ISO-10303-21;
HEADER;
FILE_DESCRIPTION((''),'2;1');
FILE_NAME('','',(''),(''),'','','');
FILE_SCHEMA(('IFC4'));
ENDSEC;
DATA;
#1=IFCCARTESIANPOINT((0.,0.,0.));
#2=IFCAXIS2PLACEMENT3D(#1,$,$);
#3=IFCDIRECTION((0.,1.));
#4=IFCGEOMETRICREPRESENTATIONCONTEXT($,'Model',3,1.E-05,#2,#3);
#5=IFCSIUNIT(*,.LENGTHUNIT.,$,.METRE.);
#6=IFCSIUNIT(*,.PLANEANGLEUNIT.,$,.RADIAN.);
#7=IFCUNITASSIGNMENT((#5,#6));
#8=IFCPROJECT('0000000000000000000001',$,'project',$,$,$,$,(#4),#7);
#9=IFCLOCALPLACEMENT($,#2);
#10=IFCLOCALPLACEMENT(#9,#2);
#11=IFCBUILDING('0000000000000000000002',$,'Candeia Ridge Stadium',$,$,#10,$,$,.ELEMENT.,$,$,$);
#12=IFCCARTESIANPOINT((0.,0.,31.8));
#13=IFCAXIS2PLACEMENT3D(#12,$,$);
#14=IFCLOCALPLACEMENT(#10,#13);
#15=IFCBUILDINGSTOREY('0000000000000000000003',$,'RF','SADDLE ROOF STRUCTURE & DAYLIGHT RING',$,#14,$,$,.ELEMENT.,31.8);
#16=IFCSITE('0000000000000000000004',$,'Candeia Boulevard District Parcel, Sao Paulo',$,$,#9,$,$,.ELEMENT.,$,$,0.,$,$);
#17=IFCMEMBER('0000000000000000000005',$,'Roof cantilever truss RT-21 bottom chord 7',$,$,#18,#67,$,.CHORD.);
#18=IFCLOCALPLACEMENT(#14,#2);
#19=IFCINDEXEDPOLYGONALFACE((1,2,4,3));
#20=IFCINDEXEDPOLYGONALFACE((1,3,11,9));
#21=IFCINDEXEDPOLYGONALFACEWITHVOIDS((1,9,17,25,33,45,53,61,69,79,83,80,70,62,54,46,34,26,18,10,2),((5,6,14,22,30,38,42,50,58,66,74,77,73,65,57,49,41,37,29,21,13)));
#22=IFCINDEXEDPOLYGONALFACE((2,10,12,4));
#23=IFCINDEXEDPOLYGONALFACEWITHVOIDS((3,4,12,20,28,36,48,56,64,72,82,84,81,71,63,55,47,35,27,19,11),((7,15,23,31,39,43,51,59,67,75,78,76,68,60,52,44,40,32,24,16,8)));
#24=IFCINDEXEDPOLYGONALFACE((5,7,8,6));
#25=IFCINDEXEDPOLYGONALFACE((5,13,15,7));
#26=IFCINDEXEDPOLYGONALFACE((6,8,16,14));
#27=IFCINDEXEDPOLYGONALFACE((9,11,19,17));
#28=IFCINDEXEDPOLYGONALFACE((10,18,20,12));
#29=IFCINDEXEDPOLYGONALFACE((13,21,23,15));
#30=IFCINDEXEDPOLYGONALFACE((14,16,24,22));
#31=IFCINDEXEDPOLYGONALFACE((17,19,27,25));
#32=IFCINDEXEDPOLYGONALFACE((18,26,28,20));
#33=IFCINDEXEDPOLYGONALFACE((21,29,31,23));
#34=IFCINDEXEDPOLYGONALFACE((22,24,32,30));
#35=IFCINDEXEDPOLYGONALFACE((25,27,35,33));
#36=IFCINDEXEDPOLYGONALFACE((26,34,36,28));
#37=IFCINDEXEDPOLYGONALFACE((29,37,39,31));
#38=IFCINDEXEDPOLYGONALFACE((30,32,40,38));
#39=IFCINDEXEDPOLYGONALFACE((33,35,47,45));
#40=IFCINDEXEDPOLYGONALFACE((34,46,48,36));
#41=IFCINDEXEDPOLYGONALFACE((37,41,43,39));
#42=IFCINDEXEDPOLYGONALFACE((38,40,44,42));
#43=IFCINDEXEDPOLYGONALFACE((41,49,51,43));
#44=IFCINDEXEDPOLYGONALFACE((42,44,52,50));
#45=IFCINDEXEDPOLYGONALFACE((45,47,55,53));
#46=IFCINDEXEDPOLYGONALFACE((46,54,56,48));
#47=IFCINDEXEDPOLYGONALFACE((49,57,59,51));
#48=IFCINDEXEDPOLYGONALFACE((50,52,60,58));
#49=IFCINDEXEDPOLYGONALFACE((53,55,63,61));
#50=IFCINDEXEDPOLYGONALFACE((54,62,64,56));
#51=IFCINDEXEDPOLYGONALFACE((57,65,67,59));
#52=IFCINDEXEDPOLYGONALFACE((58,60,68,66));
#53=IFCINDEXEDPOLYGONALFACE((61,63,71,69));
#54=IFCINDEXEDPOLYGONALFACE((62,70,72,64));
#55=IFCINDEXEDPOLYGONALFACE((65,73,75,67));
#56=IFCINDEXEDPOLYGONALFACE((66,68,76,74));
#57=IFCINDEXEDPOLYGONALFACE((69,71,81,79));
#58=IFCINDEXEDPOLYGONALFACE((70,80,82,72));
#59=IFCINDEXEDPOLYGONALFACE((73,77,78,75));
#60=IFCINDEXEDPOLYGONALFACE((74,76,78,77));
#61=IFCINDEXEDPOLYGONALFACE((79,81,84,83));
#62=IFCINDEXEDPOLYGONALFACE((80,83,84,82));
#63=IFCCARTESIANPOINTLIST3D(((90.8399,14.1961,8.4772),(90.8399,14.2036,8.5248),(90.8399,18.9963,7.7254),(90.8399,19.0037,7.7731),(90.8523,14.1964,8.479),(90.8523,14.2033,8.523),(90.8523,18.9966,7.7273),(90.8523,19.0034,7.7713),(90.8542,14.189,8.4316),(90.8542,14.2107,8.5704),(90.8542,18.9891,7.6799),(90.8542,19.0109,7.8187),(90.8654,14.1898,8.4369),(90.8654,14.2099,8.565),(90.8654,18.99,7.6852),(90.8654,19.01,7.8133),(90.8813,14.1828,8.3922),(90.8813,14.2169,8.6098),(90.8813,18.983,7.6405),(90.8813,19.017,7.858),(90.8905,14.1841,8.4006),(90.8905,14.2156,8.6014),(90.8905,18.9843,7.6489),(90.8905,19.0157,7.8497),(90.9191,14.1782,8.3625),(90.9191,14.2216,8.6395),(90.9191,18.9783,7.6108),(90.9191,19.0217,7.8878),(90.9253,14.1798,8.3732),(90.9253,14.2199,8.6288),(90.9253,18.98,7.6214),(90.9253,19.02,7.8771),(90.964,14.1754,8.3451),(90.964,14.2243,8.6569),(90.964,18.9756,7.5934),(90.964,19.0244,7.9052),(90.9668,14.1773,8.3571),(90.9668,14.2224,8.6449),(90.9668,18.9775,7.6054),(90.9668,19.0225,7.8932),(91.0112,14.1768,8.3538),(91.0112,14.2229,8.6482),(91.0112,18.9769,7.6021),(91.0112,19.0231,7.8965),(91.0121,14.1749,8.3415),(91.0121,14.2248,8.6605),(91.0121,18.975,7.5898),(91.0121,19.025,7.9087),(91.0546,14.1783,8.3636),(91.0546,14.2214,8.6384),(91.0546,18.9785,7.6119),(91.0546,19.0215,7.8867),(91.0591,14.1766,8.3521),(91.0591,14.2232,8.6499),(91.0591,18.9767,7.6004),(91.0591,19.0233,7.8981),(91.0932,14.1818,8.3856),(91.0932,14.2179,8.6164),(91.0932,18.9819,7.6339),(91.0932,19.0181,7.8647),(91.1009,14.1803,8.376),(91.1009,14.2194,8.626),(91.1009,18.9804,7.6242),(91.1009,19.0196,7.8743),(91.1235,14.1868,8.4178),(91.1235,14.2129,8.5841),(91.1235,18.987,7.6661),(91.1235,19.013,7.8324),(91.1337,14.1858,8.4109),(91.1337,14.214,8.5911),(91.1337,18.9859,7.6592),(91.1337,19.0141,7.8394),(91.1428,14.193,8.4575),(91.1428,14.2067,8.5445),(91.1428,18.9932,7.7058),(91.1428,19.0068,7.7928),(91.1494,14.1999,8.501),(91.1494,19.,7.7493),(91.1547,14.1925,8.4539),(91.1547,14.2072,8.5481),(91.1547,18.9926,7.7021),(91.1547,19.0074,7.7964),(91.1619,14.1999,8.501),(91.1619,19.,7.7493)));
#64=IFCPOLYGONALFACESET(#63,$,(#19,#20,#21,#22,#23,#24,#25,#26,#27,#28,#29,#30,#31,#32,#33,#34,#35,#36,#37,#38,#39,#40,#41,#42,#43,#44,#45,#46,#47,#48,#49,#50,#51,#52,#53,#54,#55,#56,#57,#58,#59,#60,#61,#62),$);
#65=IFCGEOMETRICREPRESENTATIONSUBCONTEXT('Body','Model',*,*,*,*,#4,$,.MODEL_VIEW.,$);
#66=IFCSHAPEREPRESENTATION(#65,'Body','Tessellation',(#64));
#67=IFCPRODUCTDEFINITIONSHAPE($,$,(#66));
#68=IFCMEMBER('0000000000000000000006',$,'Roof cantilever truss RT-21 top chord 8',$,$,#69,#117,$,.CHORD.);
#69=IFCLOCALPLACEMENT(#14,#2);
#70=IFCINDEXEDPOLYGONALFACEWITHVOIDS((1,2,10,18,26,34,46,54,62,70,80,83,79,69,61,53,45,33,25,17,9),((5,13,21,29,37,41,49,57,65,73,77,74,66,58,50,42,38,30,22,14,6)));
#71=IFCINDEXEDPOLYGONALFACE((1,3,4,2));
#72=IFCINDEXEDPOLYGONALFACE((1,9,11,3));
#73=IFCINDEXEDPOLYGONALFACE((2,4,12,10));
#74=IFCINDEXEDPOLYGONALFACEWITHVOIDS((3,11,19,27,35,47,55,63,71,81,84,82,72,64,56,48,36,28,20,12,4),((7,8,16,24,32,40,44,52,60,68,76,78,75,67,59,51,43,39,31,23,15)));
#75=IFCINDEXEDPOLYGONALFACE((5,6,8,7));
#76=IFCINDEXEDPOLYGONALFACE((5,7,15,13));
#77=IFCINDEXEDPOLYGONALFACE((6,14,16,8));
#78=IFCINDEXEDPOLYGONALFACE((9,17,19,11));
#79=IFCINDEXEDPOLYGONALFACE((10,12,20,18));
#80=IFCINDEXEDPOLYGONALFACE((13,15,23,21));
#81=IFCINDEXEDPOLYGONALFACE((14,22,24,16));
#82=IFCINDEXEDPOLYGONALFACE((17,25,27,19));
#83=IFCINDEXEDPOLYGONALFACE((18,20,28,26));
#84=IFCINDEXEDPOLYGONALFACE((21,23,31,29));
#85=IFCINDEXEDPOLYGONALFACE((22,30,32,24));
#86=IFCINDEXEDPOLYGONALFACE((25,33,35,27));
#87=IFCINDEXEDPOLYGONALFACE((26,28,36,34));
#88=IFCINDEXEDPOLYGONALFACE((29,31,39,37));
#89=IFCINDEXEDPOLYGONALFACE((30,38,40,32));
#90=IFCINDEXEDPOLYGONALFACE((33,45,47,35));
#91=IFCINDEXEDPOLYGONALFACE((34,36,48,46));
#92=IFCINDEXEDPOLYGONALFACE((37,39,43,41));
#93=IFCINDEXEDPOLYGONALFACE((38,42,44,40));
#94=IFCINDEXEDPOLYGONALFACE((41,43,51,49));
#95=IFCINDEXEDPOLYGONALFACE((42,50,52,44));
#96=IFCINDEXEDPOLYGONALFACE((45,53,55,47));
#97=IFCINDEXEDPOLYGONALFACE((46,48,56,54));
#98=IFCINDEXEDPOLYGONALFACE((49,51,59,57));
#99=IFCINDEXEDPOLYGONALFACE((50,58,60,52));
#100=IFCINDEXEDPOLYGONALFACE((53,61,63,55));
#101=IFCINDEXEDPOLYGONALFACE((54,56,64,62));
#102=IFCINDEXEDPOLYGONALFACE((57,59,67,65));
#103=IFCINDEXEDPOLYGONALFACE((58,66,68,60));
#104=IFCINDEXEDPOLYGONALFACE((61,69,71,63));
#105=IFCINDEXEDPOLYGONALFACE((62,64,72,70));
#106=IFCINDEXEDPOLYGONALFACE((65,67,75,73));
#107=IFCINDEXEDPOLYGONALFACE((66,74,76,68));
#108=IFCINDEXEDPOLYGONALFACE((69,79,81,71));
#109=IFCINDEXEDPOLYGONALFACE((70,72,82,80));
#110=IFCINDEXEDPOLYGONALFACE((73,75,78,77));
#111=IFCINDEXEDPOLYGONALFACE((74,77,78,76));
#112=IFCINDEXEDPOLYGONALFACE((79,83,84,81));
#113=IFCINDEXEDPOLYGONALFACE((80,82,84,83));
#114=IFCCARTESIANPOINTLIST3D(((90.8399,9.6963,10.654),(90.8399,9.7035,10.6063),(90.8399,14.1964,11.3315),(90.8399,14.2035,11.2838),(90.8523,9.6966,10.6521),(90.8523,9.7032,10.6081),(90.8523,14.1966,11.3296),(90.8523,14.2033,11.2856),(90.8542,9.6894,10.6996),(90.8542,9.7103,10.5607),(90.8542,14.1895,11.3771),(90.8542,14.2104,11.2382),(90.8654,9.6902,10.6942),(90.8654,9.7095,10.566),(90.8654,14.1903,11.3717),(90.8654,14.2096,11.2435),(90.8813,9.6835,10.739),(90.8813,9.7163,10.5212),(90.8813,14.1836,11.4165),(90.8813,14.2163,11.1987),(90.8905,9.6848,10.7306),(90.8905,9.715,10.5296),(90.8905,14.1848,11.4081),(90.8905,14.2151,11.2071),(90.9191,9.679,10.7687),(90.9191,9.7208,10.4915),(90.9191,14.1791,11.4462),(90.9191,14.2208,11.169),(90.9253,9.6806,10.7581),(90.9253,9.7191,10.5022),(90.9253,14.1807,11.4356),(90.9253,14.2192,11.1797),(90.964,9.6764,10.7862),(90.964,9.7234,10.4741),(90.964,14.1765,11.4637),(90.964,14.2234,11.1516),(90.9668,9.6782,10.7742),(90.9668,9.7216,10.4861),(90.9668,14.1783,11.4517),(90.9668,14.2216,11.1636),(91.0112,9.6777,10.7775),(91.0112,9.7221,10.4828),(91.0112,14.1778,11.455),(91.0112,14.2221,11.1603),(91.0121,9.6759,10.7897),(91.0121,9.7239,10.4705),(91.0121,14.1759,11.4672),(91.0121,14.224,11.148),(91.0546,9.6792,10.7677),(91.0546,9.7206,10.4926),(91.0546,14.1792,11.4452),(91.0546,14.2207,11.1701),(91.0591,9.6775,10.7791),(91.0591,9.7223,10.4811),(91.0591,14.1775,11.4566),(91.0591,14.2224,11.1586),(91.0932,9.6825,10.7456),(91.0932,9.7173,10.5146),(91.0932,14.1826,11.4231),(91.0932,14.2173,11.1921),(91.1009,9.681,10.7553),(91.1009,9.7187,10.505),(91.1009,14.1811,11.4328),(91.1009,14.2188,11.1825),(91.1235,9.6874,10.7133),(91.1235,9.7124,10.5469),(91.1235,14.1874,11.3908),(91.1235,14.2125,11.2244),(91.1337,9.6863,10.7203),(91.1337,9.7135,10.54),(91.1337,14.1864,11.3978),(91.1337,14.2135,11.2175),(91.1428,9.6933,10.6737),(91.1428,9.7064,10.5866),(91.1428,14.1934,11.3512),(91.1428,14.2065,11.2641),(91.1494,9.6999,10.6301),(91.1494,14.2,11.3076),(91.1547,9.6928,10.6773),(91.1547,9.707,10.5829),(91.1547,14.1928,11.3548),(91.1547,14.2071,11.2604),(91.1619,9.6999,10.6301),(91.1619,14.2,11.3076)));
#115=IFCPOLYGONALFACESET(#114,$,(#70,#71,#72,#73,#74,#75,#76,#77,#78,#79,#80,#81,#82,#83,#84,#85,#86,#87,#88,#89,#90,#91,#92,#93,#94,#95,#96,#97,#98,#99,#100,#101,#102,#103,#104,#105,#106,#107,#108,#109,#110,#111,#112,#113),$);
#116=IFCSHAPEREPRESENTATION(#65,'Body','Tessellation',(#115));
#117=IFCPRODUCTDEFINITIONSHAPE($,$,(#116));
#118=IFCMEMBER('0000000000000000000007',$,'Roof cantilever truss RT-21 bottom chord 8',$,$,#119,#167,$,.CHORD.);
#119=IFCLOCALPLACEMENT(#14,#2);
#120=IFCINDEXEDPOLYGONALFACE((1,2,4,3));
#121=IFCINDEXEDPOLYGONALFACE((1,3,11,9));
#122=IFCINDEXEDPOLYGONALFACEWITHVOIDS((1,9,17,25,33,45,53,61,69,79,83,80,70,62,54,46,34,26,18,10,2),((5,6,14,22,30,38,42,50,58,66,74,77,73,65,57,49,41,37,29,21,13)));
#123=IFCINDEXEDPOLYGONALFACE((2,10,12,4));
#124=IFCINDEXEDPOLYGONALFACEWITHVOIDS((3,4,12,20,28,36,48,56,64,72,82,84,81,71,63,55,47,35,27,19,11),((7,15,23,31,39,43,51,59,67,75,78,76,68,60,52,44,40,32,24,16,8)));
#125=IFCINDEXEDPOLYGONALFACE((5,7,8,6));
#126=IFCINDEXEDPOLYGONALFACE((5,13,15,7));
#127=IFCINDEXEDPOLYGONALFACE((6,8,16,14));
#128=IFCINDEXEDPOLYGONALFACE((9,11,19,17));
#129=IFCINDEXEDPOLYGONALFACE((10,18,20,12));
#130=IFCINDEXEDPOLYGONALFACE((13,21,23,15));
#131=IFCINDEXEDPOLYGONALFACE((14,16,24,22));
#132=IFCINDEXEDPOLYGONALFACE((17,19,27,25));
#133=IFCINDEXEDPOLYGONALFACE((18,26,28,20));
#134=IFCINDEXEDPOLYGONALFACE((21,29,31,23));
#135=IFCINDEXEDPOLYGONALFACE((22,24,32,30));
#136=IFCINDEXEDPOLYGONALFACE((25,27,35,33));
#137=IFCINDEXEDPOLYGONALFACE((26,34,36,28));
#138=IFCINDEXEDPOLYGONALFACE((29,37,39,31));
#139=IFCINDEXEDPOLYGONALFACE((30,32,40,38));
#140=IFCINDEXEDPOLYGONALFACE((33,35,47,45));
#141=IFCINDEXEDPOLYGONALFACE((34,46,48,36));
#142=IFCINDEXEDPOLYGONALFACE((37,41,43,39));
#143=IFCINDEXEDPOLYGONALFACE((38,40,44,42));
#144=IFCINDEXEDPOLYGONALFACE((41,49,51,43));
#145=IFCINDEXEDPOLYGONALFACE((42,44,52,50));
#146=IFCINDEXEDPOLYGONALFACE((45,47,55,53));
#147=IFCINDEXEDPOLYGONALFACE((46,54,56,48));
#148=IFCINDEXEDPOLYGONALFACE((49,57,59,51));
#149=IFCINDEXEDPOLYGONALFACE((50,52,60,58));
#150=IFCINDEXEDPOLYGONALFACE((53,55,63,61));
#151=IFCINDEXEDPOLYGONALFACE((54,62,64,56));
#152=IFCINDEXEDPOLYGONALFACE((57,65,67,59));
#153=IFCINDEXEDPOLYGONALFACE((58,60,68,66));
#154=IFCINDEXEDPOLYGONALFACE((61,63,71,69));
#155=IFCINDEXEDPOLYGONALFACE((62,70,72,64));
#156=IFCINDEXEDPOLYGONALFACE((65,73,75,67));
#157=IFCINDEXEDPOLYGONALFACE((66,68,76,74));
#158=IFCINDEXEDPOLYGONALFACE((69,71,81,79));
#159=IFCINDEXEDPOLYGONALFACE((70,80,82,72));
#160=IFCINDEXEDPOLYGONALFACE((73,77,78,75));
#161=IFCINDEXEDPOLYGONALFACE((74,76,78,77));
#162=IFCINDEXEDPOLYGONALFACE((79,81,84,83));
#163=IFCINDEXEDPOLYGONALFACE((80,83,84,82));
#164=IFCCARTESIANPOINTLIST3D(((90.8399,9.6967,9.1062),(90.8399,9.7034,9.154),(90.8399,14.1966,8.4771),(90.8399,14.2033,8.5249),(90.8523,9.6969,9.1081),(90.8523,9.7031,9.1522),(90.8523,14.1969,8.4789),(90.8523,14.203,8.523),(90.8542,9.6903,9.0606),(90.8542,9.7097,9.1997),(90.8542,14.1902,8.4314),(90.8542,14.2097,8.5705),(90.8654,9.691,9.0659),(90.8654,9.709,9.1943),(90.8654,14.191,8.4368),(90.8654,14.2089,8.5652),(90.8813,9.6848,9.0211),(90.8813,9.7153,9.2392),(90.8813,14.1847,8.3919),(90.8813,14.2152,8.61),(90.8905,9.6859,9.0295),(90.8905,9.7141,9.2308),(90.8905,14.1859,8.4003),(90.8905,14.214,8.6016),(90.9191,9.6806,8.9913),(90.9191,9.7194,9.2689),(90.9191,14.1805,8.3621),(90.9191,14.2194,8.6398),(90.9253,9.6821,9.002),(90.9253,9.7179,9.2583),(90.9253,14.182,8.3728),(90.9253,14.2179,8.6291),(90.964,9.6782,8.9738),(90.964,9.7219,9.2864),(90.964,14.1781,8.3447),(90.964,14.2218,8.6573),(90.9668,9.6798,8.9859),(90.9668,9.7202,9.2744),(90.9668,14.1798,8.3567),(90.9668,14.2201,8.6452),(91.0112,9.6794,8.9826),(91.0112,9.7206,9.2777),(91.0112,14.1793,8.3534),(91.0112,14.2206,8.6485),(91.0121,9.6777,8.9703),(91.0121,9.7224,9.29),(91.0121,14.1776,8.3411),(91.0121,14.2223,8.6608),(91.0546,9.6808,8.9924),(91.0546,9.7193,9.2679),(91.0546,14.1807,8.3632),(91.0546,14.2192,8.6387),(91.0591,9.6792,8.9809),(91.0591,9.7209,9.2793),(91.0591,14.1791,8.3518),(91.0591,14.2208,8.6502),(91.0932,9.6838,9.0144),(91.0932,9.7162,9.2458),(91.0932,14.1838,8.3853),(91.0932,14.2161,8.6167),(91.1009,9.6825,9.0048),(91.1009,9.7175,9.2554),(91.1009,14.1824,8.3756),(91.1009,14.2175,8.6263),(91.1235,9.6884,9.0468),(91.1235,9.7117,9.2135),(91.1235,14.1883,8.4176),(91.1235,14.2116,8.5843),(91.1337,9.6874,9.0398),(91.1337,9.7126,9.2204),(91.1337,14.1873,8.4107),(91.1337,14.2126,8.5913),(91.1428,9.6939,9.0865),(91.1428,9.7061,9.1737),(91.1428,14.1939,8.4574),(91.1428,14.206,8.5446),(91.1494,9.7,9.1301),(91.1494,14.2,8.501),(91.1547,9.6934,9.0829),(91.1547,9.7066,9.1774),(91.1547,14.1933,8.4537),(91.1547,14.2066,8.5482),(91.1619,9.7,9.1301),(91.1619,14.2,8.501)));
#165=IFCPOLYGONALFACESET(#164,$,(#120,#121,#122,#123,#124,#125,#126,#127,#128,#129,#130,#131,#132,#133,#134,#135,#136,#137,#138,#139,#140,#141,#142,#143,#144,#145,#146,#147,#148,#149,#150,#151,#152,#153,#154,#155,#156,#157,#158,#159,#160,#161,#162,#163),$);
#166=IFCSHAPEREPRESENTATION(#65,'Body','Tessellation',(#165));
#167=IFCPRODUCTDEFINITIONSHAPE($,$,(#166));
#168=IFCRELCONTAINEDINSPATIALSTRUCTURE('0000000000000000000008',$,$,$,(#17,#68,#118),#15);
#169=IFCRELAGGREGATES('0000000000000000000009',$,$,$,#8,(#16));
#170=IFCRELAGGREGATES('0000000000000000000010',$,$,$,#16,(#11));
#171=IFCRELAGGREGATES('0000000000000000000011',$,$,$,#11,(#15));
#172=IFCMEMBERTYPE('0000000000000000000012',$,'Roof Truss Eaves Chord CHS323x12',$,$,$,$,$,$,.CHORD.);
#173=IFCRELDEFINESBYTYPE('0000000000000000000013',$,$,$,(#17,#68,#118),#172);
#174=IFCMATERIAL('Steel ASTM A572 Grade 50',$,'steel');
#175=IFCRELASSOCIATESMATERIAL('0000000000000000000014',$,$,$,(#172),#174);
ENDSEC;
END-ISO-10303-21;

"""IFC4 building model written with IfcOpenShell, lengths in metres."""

from ifc_helpers import new_model, si_unit, direction, frame, origin, origin_2d, place, context, subcontext, project, spatial, hollow_circle, extrude, material, material_profile, profile_set, type_object, element, save


model = new_model("IFC4")

# Units and contexts
model_context = context("Model", 3, precision=1e-05, world=origin(), true_north=direction((0.0, 1.0)))
body_context = subcontext(model_context, "Body", "Model", "MODEL_VIEW")
ifc_project = project(units=[si_unit("LENGTHUNIT", "METRE"), si_unit("PLANEANGLEUNIT", "RADIAN")], contexts=[model_context])

# Site, building, storey
site_placement = place(None, origin())
site = spatial("IfcSite", under=ifc_project, at=site_placement, Name="Candeia Boulevard District Parcel, Sao Paulo", CompositionType="ELEMENT", RefElevation=0.0)
building_placement = place(site_placement, origin())
building = spatial("IfcBuilding", under=site, at=building_placement, Name="Candeia Ridge Stadium", CompositionType="ELEMENT")
storey_placement = place(building_placement, frame((0.0, 0.0, 31.8)))
storey = spatial("IfcBuildingStorey", under=building, at=storey_placement, Name="RF", Description="SADDLE ROOF STRUCTURE & DAYLIGHT RING", CompositionType="ELEMENT", Elevation=31.8)

# Shared definitions
ifc_material_1 = material(Name="Steel ASTM A572 Grade 50", Category="steel")

# Members
ifc_material_profile_1 = material_profile(ifc_material_1, hollow_circle(Radius=0.1619, WallThickness=0.0125, at=origin_2d()), Name="CHS323x12", Category="steel")
ifc_profile_set_1 = profile_set([ifc_material_profile_1], Name="Steel ASTM A572 Grade 50")
member_type_1 = type_object("IfcMemberType", Name="Roof Truss Eaves Chord CHS323x12", PredefinedType="CHORD", material=ifc_profile_set_1)
member_1_placement = place(storey_placement, frame((91.0, 19.0, 7.7493), z_axis=(0.0, -0.987959, 0.154719), x_axis=(1.0, 0.0, 0.0)))
element("IfcMember", 1, at=member_1_placement, inside=storey, type_object=member_type_1, Name="Roof cantilever truss RT-21 bottom chord 7", PredefinedType="CHORD", context=body_context, shape_type="SweptSolid", body=[
    extrude(hollow_circle(Radius=0.1619, WallThickness=0.0125, at=origin_2d()), origin(), (0.0, 0.0, 1.0), 4.8586),
])
member_2_placement = place(storey_placement, frame((91.0, 14.2, 11.3076), z_axis=(0.0, -0.988856, -0.148876), x_axis=(1.0, 0.0, 0.0)))
element("IfcMember", 2, at=member_2_placement, inside=storey, type_object=member_type_1, Name="Roof cantilever truss RT-21 top chord 8", PredefinedType="CHORD", context=body_context, shape_type="SweptSolid", body=[
    extrude(hollow_circle(Radius=0.1619, WallThickness=0.0125, at=origin_2d()), origin(), (0.0, 0.0, 1.0), 4.5508),
])
member_3_placement = place(storey_placement, frame((91.0, 14.2, 8.501), z_axis=(0.0, -0.990367, 0.138464), x_axis=(1.0, 0.0, 0.0)))
element("IfcMember", 3, at=member_3_placement, inside=storey, type_object=member_type_1, Name="Roof cantilever truss RT-21 bottom chord 8", PredefinedType="CHORD", context=body_context, shape_type="SweptSolid", body=[
    extrude(hollow_circle(Radius=0.1619, WallThickness=0.0125, at=origin_2d()), origin(), (0.0, 0.0, 1.0), 4.5437),
])

save(model, "model.ifc")
